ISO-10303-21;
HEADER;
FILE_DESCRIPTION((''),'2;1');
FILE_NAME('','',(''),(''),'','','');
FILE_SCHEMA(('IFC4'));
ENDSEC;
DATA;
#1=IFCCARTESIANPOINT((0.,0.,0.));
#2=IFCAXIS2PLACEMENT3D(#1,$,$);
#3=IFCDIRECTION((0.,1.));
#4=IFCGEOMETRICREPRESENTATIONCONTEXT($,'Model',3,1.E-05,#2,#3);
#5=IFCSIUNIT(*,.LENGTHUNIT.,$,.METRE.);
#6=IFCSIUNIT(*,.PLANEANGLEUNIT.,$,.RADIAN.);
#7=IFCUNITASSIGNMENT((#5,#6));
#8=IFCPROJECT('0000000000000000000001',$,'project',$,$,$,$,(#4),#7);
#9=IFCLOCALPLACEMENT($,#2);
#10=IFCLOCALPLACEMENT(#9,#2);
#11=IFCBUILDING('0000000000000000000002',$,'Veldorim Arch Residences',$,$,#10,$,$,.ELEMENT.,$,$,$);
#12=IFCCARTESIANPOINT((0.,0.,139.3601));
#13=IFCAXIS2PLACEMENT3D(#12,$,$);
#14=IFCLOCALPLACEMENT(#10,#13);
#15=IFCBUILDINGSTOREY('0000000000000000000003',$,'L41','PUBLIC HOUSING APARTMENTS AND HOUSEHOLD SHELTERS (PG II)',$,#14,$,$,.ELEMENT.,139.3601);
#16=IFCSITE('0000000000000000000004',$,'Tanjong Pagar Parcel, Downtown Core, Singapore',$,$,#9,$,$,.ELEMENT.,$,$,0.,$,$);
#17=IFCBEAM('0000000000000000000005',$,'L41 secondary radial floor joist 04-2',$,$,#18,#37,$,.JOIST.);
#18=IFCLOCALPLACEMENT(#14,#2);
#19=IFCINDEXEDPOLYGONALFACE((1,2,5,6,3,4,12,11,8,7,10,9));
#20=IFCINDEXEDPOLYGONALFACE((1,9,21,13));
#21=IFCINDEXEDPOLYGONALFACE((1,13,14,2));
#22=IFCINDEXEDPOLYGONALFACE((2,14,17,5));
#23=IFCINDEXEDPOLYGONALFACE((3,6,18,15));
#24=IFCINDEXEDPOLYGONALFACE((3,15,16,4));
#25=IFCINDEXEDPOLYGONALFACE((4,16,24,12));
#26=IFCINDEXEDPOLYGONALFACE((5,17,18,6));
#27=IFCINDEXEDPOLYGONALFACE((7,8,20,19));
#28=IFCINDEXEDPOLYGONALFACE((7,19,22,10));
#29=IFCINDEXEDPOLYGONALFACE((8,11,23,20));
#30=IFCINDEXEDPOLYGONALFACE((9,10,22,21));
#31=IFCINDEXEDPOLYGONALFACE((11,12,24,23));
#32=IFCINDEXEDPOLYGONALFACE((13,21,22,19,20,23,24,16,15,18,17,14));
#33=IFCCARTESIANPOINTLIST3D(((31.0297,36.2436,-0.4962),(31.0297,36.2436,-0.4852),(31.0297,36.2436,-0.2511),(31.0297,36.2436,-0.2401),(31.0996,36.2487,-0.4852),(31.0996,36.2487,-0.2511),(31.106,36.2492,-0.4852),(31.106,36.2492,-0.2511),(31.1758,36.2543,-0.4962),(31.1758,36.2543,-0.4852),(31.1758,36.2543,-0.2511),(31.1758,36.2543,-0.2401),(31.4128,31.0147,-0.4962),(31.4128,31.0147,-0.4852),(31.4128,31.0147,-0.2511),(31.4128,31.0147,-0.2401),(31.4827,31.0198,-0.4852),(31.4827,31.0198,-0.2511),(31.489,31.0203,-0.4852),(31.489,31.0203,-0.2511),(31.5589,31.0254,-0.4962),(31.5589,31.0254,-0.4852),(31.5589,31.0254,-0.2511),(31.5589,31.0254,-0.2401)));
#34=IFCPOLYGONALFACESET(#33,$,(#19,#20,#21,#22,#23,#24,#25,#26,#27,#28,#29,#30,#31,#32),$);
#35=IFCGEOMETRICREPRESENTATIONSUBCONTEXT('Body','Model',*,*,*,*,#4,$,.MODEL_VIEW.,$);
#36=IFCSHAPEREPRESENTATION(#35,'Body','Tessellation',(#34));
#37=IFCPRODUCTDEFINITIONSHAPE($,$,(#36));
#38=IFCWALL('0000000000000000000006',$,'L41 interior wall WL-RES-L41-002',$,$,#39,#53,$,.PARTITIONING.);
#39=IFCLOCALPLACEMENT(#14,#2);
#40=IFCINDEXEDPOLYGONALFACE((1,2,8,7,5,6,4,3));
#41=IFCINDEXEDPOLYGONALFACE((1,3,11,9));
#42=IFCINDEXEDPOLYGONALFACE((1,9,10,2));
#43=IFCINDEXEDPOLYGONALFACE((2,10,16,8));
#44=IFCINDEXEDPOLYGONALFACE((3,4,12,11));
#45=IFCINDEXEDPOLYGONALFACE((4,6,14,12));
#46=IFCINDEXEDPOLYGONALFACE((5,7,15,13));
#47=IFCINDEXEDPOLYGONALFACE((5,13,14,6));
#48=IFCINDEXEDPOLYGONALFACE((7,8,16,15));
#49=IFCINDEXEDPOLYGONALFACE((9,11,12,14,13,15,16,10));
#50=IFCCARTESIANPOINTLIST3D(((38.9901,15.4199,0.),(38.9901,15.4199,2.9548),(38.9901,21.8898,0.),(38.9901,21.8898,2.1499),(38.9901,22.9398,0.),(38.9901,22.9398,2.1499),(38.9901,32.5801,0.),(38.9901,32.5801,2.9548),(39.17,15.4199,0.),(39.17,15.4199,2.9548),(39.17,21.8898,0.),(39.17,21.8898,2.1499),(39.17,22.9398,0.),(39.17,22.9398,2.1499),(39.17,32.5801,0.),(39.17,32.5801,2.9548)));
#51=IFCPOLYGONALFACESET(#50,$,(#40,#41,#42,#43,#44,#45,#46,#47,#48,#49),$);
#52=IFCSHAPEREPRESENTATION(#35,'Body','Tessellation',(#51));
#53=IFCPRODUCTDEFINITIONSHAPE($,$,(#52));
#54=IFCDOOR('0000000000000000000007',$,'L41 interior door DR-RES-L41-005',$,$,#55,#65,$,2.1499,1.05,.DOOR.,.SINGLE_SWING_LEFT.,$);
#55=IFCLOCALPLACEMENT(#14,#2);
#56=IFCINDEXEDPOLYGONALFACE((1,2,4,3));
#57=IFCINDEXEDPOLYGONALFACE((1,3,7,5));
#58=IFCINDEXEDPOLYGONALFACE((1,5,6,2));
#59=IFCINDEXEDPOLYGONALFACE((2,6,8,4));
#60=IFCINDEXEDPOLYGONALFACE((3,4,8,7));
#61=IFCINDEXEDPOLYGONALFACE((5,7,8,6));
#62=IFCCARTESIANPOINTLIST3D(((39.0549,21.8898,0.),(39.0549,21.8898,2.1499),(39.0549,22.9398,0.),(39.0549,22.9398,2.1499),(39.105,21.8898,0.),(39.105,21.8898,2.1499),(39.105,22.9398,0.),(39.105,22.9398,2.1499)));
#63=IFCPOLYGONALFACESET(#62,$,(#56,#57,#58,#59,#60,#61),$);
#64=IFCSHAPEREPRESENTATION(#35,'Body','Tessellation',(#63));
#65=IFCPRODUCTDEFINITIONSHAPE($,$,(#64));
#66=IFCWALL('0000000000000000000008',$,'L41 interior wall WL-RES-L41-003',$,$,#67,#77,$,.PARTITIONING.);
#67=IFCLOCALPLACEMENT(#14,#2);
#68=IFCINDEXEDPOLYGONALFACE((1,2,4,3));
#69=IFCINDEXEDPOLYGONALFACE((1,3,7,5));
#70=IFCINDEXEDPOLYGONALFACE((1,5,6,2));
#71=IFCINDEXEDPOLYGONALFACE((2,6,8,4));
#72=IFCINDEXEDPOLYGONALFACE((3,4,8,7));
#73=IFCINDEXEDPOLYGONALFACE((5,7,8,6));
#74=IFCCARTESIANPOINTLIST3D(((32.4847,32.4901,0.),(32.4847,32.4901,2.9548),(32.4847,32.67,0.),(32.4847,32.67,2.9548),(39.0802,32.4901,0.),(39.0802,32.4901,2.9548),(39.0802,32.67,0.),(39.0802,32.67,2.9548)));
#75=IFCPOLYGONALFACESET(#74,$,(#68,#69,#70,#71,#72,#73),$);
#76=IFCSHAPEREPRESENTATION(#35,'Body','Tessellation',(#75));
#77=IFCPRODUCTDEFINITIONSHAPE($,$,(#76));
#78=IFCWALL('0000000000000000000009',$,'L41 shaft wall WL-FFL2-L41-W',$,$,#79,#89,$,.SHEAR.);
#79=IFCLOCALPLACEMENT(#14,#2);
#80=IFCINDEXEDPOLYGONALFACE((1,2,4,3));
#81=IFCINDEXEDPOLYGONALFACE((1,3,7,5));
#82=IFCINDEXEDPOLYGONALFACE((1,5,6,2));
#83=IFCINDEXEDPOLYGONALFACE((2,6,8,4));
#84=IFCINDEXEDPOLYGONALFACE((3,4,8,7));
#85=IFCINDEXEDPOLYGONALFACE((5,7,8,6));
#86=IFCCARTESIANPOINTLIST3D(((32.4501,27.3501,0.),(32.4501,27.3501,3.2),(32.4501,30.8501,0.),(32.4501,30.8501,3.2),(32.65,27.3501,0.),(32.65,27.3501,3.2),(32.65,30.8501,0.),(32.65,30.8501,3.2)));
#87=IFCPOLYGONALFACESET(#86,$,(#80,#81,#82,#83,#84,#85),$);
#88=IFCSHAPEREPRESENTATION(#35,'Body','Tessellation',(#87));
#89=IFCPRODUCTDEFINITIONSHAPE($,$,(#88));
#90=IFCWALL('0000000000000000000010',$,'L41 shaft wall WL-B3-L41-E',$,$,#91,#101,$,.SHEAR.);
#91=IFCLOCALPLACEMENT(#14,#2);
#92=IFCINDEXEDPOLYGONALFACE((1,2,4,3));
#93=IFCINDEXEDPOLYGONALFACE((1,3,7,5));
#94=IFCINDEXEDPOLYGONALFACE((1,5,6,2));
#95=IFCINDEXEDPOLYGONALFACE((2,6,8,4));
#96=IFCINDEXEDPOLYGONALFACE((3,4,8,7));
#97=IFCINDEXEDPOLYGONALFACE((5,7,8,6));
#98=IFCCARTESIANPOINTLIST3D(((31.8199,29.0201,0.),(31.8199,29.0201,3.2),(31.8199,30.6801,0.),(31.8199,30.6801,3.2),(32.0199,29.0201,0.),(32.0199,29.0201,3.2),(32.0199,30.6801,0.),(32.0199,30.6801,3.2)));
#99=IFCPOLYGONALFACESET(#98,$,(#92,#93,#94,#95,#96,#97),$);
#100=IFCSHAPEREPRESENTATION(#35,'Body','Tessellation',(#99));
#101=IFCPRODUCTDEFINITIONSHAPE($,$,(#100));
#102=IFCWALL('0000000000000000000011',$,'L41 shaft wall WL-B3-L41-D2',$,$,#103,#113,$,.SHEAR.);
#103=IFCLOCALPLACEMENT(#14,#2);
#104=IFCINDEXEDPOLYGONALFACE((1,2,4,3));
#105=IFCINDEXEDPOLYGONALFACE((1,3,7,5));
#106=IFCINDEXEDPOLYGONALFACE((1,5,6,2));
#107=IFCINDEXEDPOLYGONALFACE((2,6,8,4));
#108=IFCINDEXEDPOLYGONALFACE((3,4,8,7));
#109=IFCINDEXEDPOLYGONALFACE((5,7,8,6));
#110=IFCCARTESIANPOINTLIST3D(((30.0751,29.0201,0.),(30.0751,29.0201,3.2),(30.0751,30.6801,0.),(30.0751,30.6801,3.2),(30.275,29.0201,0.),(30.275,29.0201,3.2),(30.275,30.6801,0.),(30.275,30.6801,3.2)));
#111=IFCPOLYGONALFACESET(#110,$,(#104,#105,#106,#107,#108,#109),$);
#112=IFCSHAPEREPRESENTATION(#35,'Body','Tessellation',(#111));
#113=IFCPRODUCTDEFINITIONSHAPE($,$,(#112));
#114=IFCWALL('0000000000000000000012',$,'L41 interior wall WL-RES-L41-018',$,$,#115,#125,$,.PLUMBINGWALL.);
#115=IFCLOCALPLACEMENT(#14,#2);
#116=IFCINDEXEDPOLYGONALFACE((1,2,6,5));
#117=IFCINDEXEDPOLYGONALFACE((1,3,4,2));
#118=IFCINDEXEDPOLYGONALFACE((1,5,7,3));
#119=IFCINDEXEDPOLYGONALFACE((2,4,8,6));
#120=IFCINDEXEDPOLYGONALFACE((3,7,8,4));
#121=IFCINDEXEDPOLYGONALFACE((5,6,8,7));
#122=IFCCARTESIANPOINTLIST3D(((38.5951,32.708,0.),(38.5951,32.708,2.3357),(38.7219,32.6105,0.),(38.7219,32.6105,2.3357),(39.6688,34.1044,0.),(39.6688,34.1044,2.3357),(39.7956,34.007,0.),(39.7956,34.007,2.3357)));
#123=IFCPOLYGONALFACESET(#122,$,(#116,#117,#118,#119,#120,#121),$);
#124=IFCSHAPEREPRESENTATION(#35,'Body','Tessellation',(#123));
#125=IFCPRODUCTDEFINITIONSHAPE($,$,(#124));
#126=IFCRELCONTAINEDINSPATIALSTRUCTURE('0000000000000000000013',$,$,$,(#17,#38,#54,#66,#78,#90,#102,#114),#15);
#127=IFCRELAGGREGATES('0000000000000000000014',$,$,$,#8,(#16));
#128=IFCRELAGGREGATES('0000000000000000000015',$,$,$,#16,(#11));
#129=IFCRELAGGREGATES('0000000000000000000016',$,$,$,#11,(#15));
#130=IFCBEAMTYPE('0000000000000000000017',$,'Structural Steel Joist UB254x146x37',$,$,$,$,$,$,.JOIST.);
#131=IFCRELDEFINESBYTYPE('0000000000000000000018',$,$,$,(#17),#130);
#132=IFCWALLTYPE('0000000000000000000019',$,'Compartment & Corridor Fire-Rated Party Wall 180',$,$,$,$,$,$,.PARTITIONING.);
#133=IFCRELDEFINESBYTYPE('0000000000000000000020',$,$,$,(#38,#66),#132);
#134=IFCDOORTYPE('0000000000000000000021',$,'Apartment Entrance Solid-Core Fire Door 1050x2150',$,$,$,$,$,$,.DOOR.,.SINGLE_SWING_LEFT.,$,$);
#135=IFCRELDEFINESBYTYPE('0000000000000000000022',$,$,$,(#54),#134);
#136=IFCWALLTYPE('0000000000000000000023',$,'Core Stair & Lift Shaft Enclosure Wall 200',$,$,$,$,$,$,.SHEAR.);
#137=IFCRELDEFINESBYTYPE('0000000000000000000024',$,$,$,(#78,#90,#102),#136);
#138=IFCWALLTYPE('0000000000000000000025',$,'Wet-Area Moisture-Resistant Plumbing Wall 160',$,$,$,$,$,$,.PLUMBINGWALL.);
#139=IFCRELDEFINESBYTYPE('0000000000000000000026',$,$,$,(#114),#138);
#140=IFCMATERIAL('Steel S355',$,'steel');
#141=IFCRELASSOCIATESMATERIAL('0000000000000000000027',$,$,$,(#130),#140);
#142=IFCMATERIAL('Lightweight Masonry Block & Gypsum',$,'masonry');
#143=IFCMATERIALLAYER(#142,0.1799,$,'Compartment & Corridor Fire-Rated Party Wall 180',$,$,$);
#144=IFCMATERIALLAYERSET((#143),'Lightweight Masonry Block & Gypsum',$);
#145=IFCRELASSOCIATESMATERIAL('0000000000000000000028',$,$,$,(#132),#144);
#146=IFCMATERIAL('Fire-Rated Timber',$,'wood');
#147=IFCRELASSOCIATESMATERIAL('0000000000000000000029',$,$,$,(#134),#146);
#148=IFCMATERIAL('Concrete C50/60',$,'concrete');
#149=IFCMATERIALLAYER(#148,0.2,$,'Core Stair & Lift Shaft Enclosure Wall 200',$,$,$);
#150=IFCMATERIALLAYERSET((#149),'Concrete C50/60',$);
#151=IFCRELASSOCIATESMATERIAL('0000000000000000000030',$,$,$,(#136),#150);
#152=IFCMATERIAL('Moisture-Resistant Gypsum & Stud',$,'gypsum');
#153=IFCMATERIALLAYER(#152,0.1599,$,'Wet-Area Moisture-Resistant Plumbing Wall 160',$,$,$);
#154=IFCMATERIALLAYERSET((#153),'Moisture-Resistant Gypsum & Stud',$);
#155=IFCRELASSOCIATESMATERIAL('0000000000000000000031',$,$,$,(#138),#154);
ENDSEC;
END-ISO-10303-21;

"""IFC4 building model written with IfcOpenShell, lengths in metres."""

from ifc_helpers import new_model, si_unit, direction, frame, frame_2d, origin, origin_2d, place, context, subcontext, project, spatial, rectangle, i_section, extrude, material, layer, layer_set, material_profile, profile_set, type_object, element, fill, save


model = new_model("IFC4")

# Units and contexts
model_context = context("Model", 3, precision=1e-05, world=origin(), true_north=direction((0.0, 1.0)))
body_context = subcontext(model_context, "Body", "Model", "MODEL_VIEW")
ifc_project = project(units=[si_unit("LENGTHUNIT", "METRE"), si_unit("PLANEANGLEUNIT", "RADIAN")], contexts=[model_context])

# Site, building, storey
site_placement = place(None, origin())
site = spatial("IfcSite", under=ifc_project, at=site_placement, Name="Tanjong Pagar Parcel, Downtown Core, Singapore", CompositionType="ELEMENT", RefElevation=0.0)
building_placement = place(site_placement, origin())
building = spatial("IfcBuilding", under=site, at=building_placement, Name="Veldorim Arch Residences", CompositionType="ELEMENT")
storey_placement = place(building_placement, frame((0.0, 0.0, 139.3601)))
storey = spatial("IfcBuildingStorey", under=building, at=storey_placement, Name="L41", Description="PUBLIC HOUSING APARTMENTS AND HOUSEHOLD SHELTERS (PG II)", CompositionType="ELEMENT", Elevation=139.3601)

# Beam
ifc_material_1 = material(Name="Steel S355", Category="steel")
ifc_material_profile_1 = material_profile(ifc_material_1, i_section(OverallWidth=0.1465, OverallDepth=0.2561, WebThickness=0.0063, FlangeThickness=0.011, at=origin_2d()), Name="UB254x146x37")
ifc_profile_set_1 = profile_set([ifc_material_profile_1], Name="Steel S355")
beam_type_1 = type_object("IfcBeamType", Name="Structural Steel Joist UB254x146x37", PredefinedType="JOIST", material=ifc_profile_set_1)
for number, where, z_axis, x_axis, name in (
    (1, (31.4858, 31.02, -0.3682), (-0.07306, 0.997328, 0.0), (-0.997328, -0.07306, 0.0), "L41 secondary radial floor joist 04-2"),
):
    element("IfcBeam", number, at=place(storey_placement, frame(where, z_axis=z_axis, x_axis=x_axis)), inside=storey, type_object=beam_type_1, Name=name, PredefinedType="JOIST", context=body_context, shape_type="SweptSolid", body=[
        extrude(i_section(OverallWidth=0.1465, OverallDepth=0.2561, WebThickness=0.0063, FlangeThickness=0.011, at=origin_2d()), origin(), (0.0, 0.0, 1.0), 5.2429),
    ])

# Wall, opening, door
ifc_material_2 = material(Name="Lightweight Masonry Block & Gypsum", Category="masonry")
ifc_layer_1 = layer(ifc_material_2, 0.1799, Name="Compartment & Corridor Fire-Rated Party Wall 180")
ifc_layer_set_1 = layer_set([ifc_layer_1], Name="Lightweight Masonry Block & Gypsum")
wall_type_1 = type_object("IfcWallType", Name="Compartment & Corridor Fire-Rated Party Wall 180", PredefinedType="PARTITIONING", material=ifc_layer_set_1)
wall_1_placement = place(storey_placement, frame((39.0801, 32.5801, 0.0), z_axis=(0.0, 0.0, 1.0), x_axis=(0.0, -1.0, 0.0)))
wall_1 = element("IfcWall", 2, at=wall_1_placement, inside=storey, type_object=wall_type_1, Name="L41 interior wall WL-RES-L41-002", PredefinedType="PARTITIONING", context=body_context, shape_type="SweptSolid", body=[
    extrude(rectangle(XDim=17.1602, YDim=0.1799, at=frame_2d((8.5801, 0.0))), origin(), (0.0, 0.0, 1.0), 2.9548),
])
opening_1_placement = place(wall_1_placement, frame((9.6404, 0.0, 0.0)))
opening_1 = element("IfcOpeningElement", 3, at=opening_1_placement, cuts=wall_1, PredefinedType="OPENING", context=body_context, shape_type="SweptSolid", body=[
    extrude(rectangle(XDim=1.05, YDim=2.1499, at=frame_2d((0.5249, 1.075))), frame((0.0, 0.0999, 0.0), z_axis=(0.0, -1.0, 0.0), x_axis=(1.0, 0.0, 0.0)), (0.0, 0.0, 1.0), 0.2),
])
ifc_material_3 = material(Name="Fire-Rated Timber", Category="wood")
door_type_1 = type_object("IfcDoorType", Name="Apartment Entrance Solid-Core Fire Door 1050x2150", OperationType="SINGLE_SWING_LEFT", PredefinedType="DOOR", material=ifc_material_3)
door_1_placement = place(opening_1_placement, origin())
door_1 = element("IfcDoor", 4, at=door_1_placement, inside=storey, type_object=door_type_1, Name="L41 interior door DR-RES-L41-005", OperationType="SINGLE_SWING_LEFT", OverallHeight=2.1499, OverallWidth=1.05, PredefinedType="DOOR", context=body_context, shape_type="SweptSolid", body=[
    extrude(rectangle(XDim=1.05, YDim=2.1499, at=frame_2d((0.5249, 1.075))), frame((0.0, 0.0249, 0.0), z_axis=(0.0, -1.0, 0.0), x_axis=(1.0, 0.0, 0.0)), (0.0, 0.0, 1.0), 0.05),
])
fill(opening_1, door_1)

# Wall
wall_2_placement = place(storey_placement, frame((32.4846, 32.5801, 0.0), z_axis=(0.0, 0.0, 1.0), x_axis=(1.0, 0.0, 0.0)))
element("IfcWall", 5, at=wall_2_placement, inside=storey, type_object=wall_type_1, Name="L41 interior wall WL-RES-L41-003", PredefinedType="PARTITIONING", context=body_context, shape_type="SweptSolid", body=[
    extrude(rectangle(XDim=6.5955, YDim=0.1799, at=frame_2d((3.2979, 0.0))), origin(), (0.0, 0.0, 1.0), 2.9548),
])

# Shared definitions
ifc_material_4 = material(Name="Concrete C50/60", Category="concrete")
ifc_layer_2 = layer(ifc_material_4, 0.2, Name="Core Stair & Lift Shaft Enclosure Wall 200")
ifc_layer_set_2 = layer_set([ifc_layer_2], Name="Concrete C50/60")
wall_type_2 = type_object("IfcWallType", Name="Core Stair & Lift Shaft Enclosure Wall 200", PredefinedType="SHEAR", material=ifc_layer_set_2)

# Wall
wall_3_placement = place(storey_placement, frame((32.55, 27.3501, 0.0), z_axis=(0.0, 0.0, 1.0), x_axis=(0.0, 1.0, 0.0)))
element("IfcWall", 6, at=wall_3_placement, inside=storey, type_object=wall_type_2, Name="L41 shaft wall WL-FFL2-L41-W", PredefinedType="SHEAR", context=body_context, shape_type="SweptSolid", body=[
    extrude(rectangle(XDim=3.5, YDim=0.2, at=frame_2d((1.75, 0.0))), origin(), (0.0, 0.0, 1.0), 3.2),
])

# Walls
for number, where, z_axis, x_axis, name in (
    (7, (31.9199, 29.02, 0.0), (0.0, 0.0, 1.0), (0.0, 1.0, 0.0), "L41 shaft wall WL-B3-L41-E"),
    (8, (30.175, 29.02, 0.0), (0.0, 0.0, 1.0), (0.0, 1.0, 0.0), "L41 shaft wall WL-B3-L41-D2"),
):
    element("IfcWall", number, at=place(storey_placement, frame(where, z_axis=z_axis, x_axis=x_axis)), inside=storey, type_object=wall_type_2, Name=name, PredefinedType="SHEAR", context=body_context, shape_type="SweptSolid", body=[
        extrude(rectangle(XDim=1.6599, YDim=0.2, at=frame_2d((0.8301, 0.0))), origin(), (0.0, 0.0, 1.0), 3.2),
    ])
ifc_material_5 = material(Name="Moisture-Resistant Gypsum & Stud", Category="gypsum")
ifc_layer_3 = layer(ifc_material_5, 0.1599, Name="Wet-Area Moisture-Resistant Plumbing Wall 160")
ifc_layer_set_3 = layer_set([ifc_layer_3], Name="Moisture-Resistant Gypsum & Stud")
wall_type_3 = type_object("IfcWallType", Name="Wet-Area Moisture-Resistant Plumbing Wall 160", PredefinedType="PLUMBINGWALL", material=ifc_layer_set_3)
wall_4_placement = place(storey_placement, frame((38.6584, 32.6592, 0.0), z_axis=(0.0, 0.0, 1.0), x_axis=(0.609537, 0.792758, 0.0)))
element("IfcWall", 9, at=wall_4_placement, inside=storey, type_object=wall_type_3, Name="L41 interior wall WL-RES-L41-018", PredefinedType="PLUMBINGWALL", context=body_context, shape_type="SweptSolid", body=[
    extrude(rectangle(XDim=1.7615, YDim=0.1599, at=frame_2d((0.8809, 0.0))), origin(), (0.0, 0.0, 1.0), 2.3357),
])

save(model, "model.ifc")
